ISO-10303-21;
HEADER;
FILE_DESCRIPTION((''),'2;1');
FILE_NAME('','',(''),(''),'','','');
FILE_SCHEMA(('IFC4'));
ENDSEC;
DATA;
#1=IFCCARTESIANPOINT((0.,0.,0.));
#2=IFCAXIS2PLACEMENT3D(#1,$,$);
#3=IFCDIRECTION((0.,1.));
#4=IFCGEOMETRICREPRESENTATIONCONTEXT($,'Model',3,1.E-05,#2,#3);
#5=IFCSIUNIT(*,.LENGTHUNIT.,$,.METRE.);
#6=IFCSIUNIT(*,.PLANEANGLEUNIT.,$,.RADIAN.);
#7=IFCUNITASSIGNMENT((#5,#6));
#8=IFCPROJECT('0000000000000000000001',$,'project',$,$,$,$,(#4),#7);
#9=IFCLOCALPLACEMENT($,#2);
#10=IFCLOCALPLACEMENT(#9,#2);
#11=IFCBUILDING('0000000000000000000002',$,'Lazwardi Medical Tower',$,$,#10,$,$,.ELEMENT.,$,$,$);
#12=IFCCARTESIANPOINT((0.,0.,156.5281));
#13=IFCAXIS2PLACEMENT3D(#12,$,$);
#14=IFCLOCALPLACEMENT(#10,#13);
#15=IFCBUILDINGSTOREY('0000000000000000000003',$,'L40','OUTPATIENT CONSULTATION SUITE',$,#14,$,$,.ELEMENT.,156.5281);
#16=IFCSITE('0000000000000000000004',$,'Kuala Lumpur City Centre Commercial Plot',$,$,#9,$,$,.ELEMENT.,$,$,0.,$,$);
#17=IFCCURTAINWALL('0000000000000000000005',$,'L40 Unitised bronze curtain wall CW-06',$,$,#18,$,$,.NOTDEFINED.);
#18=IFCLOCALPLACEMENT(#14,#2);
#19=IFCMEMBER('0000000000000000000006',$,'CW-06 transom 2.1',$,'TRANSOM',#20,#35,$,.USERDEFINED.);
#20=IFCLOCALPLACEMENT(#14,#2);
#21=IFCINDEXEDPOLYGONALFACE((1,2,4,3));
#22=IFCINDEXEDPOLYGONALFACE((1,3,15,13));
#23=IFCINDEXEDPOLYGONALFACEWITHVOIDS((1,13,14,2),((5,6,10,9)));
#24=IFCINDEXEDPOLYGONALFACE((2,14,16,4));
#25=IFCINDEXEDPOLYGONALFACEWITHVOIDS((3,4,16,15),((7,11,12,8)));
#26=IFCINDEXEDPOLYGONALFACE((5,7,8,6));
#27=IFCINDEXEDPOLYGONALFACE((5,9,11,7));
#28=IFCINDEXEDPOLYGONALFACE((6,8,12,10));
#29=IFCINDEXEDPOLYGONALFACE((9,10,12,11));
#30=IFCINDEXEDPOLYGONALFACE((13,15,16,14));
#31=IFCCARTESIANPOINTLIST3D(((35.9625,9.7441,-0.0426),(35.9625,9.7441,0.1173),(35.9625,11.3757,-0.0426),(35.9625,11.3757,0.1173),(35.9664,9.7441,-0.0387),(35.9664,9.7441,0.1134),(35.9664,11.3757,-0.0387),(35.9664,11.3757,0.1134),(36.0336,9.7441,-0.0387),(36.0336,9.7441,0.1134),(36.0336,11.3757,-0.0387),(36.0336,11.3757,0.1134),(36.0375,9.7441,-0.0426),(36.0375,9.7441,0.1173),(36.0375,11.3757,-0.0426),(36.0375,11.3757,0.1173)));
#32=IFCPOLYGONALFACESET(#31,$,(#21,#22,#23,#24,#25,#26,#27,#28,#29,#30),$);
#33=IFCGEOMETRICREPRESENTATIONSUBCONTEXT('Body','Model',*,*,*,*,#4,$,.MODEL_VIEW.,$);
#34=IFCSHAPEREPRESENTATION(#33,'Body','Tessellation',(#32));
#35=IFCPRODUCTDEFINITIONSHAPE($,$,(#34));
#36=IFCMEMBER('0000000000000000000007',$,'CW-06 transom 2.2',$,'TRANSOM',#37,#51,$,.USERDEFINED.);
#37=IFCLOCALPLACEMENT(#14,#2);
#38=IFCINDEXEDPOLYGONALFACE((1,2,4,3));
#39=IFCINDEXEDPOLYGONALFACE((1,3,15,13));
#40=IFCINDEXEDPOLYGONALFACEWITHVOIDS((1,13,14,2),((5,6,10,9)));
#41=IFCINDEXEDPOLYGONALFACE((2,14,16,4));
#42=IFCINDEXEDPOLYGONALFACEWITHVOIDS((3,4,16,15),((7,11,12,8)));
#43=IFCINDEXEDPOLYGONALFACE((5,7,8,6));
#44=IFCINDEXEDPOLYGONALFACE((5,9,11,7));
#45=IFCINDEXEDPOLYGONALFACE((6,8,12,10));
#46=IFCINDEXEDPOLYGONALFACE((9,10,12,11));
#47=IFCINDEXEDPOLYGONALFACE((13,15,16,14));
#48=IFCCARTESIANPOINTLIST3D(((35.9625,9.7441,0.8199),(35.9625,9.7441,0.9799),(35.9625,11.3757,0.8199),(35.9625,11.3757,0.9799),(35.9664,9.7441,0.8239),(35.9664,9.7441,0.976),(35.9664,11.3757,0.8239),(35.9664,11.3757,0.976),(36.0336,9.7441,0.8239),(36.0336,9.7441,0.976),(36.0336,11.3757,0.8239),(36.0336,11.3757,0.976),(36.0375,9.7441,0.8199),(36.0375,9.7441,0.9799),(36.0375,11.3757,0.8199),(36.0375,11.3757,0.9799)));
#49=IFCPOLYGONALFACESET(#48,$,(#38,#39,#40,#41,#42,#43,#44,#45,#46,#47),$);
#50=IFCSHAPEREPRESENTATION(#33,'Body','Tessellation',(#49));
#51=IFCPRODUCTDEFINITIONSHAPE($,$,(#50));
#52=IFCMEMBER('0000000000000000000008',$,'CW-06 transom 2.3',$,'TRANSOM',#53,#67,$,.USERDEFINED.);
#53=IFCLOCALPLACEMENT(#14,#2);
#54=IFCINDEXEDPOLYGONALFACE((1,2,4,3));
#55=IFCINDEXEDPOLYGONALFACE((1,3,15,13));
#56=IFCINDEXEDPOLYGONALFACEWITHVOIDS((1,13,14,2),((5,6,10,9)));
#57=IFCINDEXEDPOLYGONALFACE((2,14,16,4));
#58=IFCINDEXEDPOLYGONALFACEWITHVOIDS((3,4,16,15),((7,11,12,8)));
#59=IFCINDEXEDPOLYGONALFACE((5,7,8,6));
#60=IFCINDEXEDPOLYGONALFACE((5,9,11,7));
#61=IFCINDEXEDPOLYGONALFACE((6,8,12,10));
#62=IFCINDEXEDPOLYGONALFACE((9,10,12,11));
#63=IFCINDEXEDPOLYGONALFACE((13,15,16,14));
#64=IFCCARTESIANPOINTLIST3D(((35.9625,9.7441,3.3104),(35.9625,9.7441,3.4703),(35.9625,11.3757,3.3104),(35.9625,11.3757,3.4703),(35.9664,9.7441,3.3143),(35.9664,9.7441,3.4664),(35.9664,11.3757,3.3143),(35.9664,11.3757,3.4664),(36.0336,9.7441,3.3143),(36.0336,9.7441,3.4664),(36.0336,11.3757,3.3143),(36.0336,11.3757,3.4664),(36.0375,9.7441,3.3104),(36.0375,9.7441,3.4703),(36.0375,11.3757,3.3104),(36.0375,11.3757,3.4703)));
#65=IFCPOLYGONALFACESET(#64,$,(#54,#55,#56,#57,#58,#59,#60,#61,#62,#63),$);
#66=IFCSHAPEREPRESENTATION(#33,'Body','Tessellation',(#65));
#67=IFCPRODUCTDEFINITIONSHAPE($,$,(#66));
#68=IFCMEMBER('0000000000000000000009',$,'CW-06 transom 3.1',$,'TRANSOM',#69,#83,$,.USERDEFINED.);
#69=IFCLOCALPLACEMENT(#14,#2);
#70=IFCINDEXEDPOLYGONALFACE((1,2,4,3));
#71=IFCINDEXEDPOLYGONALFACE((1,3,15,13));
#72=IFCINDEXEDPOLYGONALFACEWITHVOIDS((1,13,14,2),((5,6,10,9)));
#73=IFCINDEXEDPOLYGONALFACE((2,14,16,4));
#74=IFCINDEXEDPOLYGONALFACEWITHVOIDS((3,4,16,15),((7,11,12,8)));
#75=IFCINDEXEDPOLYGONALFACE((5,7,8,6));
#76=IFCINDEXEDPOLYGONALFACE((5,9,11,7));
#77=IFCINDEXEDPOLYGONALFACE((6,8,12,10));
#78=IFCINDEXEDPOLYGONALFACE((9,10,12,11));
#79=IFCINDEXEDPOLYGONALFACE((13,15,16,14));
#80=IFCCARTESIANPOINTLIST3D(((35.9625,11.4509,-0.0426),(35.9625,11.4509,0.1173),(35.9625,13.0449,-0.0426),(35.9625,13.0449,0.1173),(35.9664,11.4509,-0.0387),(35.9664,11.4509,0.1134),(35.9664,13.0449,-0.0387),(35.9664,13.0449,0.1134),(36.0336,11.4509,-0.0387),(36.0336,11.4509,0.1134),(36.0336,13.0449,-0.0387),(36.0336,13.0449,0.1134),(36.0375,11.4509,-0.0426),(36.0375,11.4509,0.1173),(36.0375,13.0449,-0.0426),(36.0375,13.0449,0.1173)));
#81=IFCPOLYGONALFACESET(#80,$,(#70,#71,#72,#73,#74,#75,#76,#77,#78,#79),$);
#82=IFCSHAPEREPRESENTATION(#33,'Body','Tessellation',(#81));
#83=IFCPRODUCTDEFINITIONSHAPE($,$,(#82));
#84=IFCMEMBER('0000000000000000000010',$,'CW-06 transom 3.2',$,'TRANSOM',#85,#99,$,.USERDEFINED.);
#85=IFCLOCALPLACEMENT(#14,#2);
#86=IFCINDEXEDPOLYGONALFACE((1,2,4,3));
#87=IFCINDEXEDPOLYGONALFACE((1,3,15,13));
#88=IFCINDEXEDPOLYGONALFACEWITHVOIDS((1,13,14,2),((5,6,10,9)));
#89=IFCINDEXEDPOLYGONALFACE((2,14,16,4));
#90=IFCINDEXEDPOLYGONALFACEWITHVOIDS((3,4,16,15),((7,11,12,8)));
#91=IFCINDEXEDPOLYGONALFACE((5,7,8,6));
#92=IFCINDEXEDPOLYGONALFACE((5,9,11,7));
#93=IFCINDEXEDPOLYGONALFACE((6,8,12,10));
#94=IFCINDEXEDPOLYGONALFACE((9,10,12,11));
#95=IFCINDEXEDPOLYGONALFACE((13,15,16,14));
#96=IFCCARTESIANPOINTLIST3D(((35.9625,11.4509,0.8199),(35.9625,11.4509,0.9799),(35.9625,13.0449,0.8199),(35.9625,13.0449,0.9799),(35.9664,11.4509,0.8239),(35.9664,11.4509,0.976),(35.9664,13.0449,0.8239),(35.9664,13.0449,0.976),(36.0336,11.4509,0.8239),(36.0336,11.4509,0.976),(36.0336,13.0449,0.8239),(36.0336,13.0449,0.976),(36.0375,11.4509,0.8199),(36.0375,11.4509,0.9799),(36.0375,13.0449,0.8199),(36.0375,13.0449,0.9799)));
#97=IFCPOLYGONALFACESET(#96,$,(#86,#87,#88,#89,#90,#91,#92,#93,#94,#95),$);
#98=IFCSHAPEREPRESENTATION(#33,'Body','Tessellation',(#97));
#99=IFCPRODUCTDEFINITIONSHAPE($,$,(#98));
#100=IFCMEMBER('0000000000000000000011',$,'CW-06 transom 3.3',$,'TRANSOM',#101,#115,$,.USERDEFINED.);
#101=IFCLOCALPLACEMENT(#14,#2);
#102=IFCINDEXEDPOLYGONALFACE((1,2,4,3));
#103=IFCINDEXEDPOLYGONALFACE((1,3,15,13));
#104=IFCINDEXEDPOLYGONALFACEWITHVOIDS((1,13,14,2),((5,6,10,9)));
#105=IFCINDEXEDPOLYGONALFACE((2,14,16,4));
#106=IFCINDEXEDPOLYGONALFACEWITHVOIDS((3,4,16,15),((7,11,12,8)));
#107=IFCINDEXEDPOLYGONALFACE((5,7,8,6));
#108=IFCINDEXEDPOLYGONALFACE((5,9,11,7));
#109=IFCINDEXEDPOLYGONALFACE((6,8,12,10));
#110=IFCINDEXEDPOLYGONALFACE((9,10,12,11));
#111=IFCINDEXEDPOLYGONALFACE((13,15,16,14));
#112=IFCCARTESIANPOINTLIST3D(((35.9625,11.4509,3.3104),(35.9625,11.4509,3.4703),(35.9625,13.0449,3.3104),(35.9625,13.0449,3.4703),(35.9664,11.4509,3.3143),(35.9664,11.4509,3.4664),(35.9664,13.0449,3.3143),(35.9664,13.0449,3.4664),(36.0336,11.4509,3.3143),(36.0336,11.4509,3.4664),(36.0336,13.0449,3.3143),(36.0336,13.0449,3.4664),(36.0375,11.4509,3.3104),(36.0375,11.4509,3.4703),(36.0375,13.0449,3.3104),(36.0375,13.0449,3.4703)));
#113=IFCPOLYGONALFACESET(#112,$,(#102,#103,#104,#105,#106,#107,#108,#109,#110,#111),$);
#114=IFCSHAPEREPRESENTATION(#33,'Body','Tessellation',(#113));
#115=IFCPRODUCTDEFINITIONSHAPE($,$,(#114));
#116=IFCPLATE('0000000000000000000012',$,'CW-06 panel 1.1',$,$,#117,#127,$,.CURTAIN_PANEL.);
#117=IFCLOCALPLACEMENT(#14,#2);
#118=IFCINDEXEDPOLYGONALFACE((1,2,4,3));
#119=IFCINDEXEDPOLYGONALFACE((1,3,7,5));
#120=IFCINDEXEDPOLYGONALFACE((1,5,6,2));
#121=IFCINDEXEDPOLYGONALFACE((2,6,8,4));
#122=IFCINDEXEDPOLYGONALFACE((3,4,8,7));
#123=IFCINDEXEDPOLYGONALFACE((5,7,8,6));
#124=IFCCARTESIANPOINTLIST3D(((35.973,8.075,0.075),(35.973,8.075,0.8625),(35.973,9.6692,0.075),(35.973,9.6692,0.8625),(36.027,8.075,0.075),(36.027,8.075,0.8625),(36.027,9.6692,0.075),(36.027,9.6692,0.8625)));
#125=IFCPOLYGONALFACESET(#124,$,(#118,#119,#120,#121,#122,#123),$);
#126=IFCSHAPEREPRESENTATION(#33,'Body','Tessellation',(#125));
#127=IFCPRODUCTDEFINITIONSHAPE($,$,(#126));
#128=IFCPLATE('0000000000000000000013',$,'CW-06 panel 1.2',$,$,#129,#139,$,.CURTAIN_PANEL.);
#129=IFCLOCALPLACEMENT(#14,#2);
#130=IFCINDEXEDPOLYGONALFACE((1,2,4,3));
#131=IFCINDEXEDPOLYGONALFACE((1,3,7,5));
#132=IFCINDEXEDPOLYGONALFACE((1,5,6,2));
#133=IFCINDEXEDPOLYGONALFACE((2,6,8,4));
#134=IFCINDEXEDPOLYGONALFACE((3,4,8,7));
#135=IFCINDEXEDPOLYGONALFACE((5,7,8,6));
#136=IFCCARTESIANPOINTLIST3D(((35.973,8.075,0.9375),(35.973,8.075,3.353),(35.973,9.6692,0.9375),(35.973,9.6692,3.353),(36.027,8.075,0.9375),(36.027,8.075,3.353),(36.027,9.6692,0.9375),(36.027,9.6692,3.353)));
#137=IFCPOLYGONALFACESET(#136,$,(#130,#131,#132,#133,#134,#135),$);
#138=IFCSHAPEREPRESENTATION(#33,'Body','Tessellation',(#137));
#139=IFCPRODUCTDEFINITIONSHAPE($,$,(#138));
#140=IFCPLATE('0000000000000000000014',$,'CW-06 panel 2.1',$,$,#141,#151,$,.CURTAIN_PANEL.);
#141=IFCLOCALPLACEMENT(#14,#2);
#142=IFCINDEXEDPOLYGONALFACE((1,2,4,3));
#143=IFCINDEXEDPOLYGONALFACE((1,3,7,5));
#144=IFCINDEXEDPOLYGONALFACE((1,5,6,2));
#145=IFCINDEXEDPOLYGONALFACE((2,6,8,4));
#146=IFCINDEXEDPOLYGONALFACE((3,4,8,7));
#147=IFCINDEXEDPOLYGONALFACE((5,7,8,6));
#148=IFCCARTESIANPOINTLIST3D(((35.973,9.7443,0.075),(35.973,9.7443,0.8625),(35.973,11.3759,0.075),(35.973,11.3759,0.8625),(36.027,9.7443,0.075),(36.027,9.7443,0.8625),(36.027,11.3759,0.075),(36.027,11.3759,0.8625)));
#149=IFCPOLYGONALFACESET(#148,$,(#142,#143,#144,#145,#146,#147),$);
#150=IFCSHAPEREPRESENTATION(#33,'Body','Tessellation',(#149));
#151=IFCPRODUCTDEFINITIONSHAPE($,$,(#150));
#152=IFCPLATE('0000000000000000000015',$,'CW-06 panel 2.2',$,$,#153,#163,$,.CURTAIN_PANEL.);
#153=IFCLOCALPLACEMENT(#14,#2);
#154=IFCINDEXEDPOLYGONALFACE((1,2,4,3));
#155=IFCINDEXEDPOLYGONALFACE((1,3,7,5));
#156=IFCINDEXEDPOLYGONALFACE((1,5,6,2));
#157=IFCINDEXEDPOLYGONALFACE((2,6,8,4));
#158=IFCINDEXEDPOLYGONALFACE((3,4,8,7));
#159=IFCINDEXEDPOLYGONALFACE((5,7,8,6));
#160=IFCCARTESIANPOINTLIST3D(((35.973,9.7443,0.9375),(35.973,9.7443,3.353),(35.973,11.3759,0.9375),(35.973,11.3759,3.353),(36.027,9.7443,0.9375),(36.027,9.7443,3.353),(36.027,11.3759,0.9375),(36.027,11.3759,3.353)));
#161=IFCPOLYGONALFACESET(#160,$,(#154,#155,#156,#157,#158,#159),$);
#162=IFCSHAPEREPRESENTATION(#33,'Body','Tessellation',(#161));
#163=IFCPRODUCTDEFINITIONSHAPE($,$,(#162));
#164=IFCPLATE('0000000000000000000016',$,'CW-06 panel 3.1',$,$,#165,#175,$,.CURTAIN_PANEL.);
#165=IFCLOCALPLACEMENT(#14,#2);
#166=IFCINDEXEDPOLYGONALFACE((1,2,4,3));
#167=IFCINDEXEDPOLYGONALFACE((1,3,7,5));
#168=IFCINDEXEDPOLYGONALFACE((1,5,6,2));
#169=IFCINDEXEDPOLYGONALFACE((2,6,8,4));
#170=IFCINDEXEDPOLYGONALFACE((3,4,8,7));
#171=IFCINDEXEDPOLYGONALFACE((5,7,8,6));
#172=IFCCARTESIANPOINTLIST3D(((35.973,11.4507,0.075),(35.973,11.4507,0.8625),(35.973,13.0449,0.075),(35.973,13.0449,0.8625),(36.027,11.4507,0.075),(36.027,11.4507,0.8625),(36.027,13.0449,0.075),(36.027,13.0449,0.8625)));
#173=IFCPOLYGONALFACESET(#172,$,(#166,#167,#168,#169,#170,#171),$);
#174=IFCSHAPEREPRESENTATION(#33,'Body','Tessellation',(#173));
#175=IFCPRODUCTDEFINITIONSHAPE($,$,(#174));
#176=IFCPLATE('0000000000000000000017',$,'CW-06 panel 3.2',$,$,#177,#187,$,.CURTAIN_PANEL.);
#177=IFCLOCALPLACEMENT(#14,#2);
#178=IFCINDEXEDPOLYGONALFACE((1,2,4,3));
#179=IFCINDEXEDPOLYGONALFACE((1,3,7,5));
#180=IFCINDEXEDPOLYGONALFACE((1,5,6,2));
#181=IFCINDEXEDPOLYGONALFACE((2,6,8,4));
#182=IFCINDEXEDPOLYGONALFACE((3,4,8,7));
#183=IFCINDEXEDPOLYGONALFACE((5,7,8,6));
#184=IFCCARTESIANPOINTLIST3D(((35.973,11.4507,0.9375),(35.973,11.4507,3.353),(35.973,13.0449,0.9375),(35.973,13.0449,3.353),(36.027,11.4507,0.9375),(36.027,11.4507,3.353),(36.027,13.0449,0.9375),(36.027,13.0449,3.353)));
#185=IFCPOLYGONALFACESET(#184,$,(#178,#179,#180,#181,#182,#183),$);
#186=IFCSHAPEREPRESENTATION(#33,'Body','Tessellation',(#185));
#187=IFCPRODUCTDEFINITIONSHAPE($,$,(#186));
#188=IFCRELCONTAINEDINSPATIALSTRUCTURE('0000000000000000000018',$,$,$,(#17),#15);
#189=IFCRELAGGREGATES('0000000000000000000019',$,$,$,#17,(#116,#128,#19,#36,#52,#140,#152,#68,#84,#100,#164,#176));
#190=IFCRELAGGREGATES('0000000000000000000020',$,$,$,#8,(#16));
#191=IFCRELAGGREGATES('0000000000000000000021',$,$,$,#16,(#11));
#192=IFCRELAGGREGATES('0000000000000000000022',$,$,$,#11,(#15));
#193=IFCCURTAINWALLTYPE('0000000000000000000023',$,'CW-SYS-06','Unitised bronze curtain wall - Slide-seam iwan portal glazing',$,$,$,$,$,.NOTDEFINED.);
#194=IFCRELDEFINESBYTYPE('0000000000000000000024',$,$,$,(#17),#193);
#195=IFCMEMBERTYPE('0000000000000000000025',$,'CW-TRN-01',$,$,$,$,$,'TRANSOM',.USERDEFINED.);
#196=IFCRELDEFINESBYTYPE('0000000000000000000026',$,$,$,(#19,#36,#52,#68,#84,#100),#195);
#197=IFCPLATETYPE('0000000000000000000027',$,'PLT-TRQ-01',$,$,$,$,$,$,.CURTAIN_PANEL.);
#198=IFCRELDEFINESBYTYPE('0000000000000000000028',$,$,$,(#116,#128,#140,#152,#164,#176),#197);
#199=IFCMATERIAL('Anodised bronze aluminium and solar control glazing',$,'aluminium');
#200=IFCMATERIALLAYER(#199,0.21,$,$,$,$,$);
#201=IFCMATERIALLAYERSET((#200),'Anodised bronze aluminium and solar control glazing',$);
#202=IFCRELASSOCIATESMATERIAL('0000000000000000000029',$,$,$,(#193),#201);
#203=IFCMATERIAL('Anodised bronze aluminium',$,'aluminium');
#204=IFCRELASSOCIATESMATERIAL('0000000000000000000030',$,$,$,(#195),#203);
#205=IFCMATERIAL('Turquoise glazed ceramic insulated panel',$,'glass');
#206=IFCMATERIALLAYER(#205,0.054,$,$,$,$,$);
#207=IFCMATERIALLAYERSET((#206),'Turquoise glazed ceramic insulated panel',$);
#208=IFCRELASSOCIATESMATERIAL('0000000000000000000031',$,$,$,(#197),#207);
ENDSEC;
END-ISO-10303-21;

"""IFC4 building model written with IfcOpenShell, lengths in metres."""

from ifc_helpers import new_model, si_unit, direction, frame, origin, origin_2d, place, context, subcontext, project, spatial, rectangle, hollow_rectangle, extrude, material, layer, layer_set, material_profile, profile_set, type_object, element, aggregate, save


model = new_model("IFC4")

# Units and contexts
model_context = context("Model", 3, precision=1e-05, world=origin(), true_north=direction((0.0, 1.0)))
body_context = subcontext(model_context, "Body", "Model", "MODEL_VIEW")
ifc_project = project(units=[si_unit("LENGTHUNIT", "METRE"), si_unit("PLANEANGLEUNIT", "RADIAN")], contexts=[model_context])

# Site, building, storey
site_placement = place(None, origin())
site = spatial("IfcSite", under=ifc_project, at=site_placement, Name="Kuala Lumpur City Centre Commercial Plot", CompositionType="ELEMENT", RefElevation=0.0)
building_placement = place(site_placement, origin())
building = spatial("IfcBuilding", under=site, at=building_placement, Name="Lazwardi Medical Tower", CompositionType="ELEMENT")
storey_placement = place(building_placement, frame((0.0, 0.0, 156.5281)))
storey = spatial("IfcBuildingStorey", under=building, at=storey_placement, Name="L40", Description="OUTPATIENT CONSULTATION SUITE", CompositionType="ELEMENT", Elevation=156.5281)

# Shared definitions
ifc_material_1 = material(Name="Anodised bronze aluminium and solar control glazing", Category="aluminium")
ifc_material_2 = material(Name="Anodised bronze aluminium", Category="aluminium")

# Curtain wall
ifc_layer_1 = layer(ifc_material_1, 0.21)
ifc_layer_set_1 = layer_set([ifc_layer_1], Name="Anodised bronze aluminium and solar control glazing")
curtain_wall_type_1 = type_object("IfcCurtainWallType", Name="CW-SYS-06", Description="Unitised bronze curtain wall - Slide-seam iwan portal glazing", PredefinedType="NOTDEFINED", material=ifc_layer_set_1)
curtain_wall_1_placement = place(storey_placement, origin())
curtain_wall_1 = element("IfcCurtainWall", 1, at=curtain_wall_1_placement, inside=storey, type_object=curtain_wall_type_1, Name="L40 Unitised bronze curtain wall CW-06", PredefinedType="NOTDEFINED")

# Members
ifc_material_profile_1 = material_profile(ifc_material_2, hollow_rectangle(XDim=0.075, YDim=0.1599, WallThickness=0.0039, at=origin_2d()), Name="ALU-TRANSOM 160x75x4")
ifc_profile_set_1 = profile_set([ifc_material_profile_1], Name="Anodised bronze aluminium")
member_type_1 = type_object("IfcMemberType", Name="CW-TRN-01", ElementType="TRANSOM", PredefinedType="USERDEFINED", material=ifc_profile_set_1)
member_1_placement = place(storey_placement, frame((36.0, 9.7441, 0.0374), z_axis=(0.0, 1.0, 0.0), x_axis=(-1.0, 0.0, 0.0)))
member_1 = element("IfcMember", 2, at=member_1_placement, type_object=member_type_1, Name="CW-06 transom 2.1", ObjectType="TRANSOM", PredefinedType="USERDEFINED", context=body_context, shape_type="SweptSolid", body=[
    extrude(hollow_rectangle(XDim=0.075, YDim=0.1599, WallThickness=0.0039, at=origin_2d()), origin(), (0.0, 0.0, 1.0), 1.6316),
])
member_2_placement = place(storey_placement, frame((36.0, 9.7441, 0.8999), z_axis=(0.0, 1.0, 0.0), x_axis=(-1.0, 0.0, 0.0)))
member_2 = element("IfcMember", 3, at=member_2_placement, type_object=member_type_1, Name="CW-06 transom 2.2", ObjectType="TRANSOM", PredefinedType="USERDEFINED", context=body_context, shape_type="SweptSolid", body=[
    extrude(hollow_rectangle(XDim=0.075, YDim=0.1599, WallThickness=0.0039, at=origin_2d()), origin(), (0.0, 0.0, 1.0), 1.6316),
])
member_3_placement = place(storey_placement, frame((36.0, 9.7441, 3.3904), z_axis=(0.0, 1.0, 0.0), x_axis=(-1.0, 0.0, 0.0)))
member_3 = element("IfcMember", 4, at=member_3_placement, type_object=member_type_1, Name="CW-06 transom 2.3", ObjectType="TRANSOM", PredefinedType="USERDEFINED", context=body_context, shape_type="SweptSolid", body=[
    extrude(hollow_rectangle(XDim=0.075, YDim=0.1599, WallThickness=0.0039, at=origin_2d()), origin(), (0.0, 0.0, 1.0), 1.6316),
])
member_4_placement = place(storey_placement, frame((36.0, 11.4509, 0.0374), z_axis=(0.0, 1.0, 0.0), x_axis=(-1.0, 0.0, 0.0)))
member_4 = element("IfcMember", 5, at=member_4_placement, type_object=member_type_1, Name="CW-06 transom 3.1", ObjectType="TRANSOM", PredefinedType="USERDEFINED", context=body_context, shape_type="SweptSolid", body=[
    extrude(hollow_rectangle(XDim=0.075, YDim=0.1599, WallThickness=0.0039, at=origin_2d()), origin(), (0.0, 0.0, 1.0), 1.594),
])
member_5_placement = place(storey_placement, frame((36.0, 11.4509, 0.8999), z_axis=(0.0, 1.0, 0.0), x_axis=(-1.0, 0.0, 0.0)))
member_5 = element("IfcMember", 6, at=member_5_placement, type_object=member_type_1, Name="CW-06 transom 3.2", ObjectType="TRANSOM", PredefinedType="USERDEFINED", context=body_context, shape_type="SweptSolid", body=[
    extrude(hollow_rectangle(XDim=0.075, YDim=0.1599, WallThickness=0.0039, at=origin_2d()), origin(), (0.0, 0.0, 1.0), 1.594),
])
member_6_placement = place(storey_placement, frame((36.0, 11.4509, 3.3904), z_axis=(0.0, 1.0, 0.0), x_axis=(-1.0, 0.0, 0.0)))
member_6 = element("IfcMember", 7, at=member_6_placement, type_object=member_type_1, Name="CW-06 transom 3.3", ObjectType="TRANSOM", PredefinedType="USERDEFINED", context=body_context, shape_type="SweptSolid", body=[
    extrude(hollow_rectangle(XDim=0.075, YDim=0.1599, WallThickness=0.0039, at=origin_2d()), origin(), (0.0, 0.0, 1.0), 1.594),
])

# Plates
ifc_material_3 = material(Name="Turquoise glazed ceramic insulated panel", Category="glass")
ifc_layer_2 = layer(ifc_material_3, 0.054)
ifc_layer_set_2 = layer_set([ifc_layer_2], Name="Turquoise glazed ceramic insulated panel")
plate_type = type_object("IfcPlateType", Name="PLT-TRQ-01", PredefinedType="CURTAIN_PANEL", material=ifc_layer_set_2)
plate_1_placement = place(storey_placement, frame((36.0, 8.8721, 0.075), z_axis=(0.0, 0.0, 1.0), x_axis=(0.0, 1.0, 0.0)))
plate_1 = element("IfcPlate", 8, at=plate_1_placement, type_object=plate_type, Name="CW-06 panel 1.1", PredefinedType="CURTAIN_PANEL", context=body_context, shape_type="SweptSolid", body=[
    extrude(rectangle(XDim=1.5942, YDim=0.054, at=origin_2d()), origin(), (0.0, 0.0, 1.0), 0.7876),
])
plate_2_placement = place(storey_placement, frame((36.0, 8.8721, 0.9375), z_axis=(0.0, 0.0, 1.0), x_axis=(0.0, 1.0, 0.0)))
plate_2 = element("IfcPlate", 9, at=plate_2_placement, type_object=plate_type, Name="CW-06 panel 1.2", PredefinedType="CURTAIN_PANEL", context=body_context, shape_type="SweptSolid", body=[
    extrude(rectangle(XDim=1.5942, YDim=0.054, at=origin_2d()), origin(), (0.0, 0.0, 1.0), 2.4155),
])
plate_3_placement = place(storey_placement, frame((36.0, 10.5601, 0.075), z_axis=(0.0, 0.0, 1.0), x_axis=(0.0, 1.0, 0.0)))
plate_3 = element("IfcPlate", 10, at=plate_3_placement, type_object=plate_type, Name="CW-06 panel 2.1", PredefinedType="CURTAIN_PANEL", context=body_context, shape_type="SweptSolid", body=[
    extrude(rectangle(XDim=1.6316, YDim=0.054, at=origin_2d()), origin(), (0.0, 0.0, 1.0), 0.7876),
])
plate_4_placement = place(storey_placement, frame((36.0, 10.5601, 0.9375), z_axis=(0.0, 0.0, 1.0), x_axis=(0.0, 1.0, 0.0)))
plate_4 = element("IfcPlate", 11, at=plate_4_placement, type_object=plate_type, Name="CW-06 panel 2.2", PredefinedType="CURTAIN_PANEL", context=body_context, shape_type="SweptSolid", body=[
    extrude(rectangle(XDim=1.6316, YDim=0.054, at=origin_2d()), origin(), (0.0, 0.0, 1.0), 2.4155),
])
plate_5_placement = place(storey_placement, frame((36.0, 12.2478, 0.075), z_axis=(0.0, 0.0, 1.0), x_axis=(0.0, 1.0, 0.0)))
plate_5 = element("IfcPlate", 12, at=plate_5_placement, type_object=plate_type, Name="CW-06 panel 3.1", PredefinedType="CURTAIN_PANEL", context=body_context, shape_type="SweptSolid", body=[
    extrude(rectangle(XDim=1.5942, YDim=0.054, at=origin_2d()), origin(), (0.0, 0.0, 1.0), 0.7876),
])
plate_6_placement = place(storey_placement, frame((36.0, 12.2478, 0.9375), z_axis=(0.0, 0.0, 1.0), x_axis=(0.0, 1.0, 0.0)))
plate_6 = element("IfcPlate", 13, at=plate_6_placement, type_object=plate_type, Name="CW-06 panel 3.2", PredefinedType="CURTAIN_PANEL", context=body_context, shape_type="SweptSolid", body=[
    extrude(rectangle(XDim=1.5942, YDim=0.054, at=origin_2d()), origin(), (0.0, 0.0, 1.0), 2.4155),
])
aggregate(curtain_wall_1, [plate_1, plate_2, member_1, member_2, member_3, plate_3, plate_4, member_4, member_5, member_6, plate_5, plate_6])

save(model, "model.ifc")
